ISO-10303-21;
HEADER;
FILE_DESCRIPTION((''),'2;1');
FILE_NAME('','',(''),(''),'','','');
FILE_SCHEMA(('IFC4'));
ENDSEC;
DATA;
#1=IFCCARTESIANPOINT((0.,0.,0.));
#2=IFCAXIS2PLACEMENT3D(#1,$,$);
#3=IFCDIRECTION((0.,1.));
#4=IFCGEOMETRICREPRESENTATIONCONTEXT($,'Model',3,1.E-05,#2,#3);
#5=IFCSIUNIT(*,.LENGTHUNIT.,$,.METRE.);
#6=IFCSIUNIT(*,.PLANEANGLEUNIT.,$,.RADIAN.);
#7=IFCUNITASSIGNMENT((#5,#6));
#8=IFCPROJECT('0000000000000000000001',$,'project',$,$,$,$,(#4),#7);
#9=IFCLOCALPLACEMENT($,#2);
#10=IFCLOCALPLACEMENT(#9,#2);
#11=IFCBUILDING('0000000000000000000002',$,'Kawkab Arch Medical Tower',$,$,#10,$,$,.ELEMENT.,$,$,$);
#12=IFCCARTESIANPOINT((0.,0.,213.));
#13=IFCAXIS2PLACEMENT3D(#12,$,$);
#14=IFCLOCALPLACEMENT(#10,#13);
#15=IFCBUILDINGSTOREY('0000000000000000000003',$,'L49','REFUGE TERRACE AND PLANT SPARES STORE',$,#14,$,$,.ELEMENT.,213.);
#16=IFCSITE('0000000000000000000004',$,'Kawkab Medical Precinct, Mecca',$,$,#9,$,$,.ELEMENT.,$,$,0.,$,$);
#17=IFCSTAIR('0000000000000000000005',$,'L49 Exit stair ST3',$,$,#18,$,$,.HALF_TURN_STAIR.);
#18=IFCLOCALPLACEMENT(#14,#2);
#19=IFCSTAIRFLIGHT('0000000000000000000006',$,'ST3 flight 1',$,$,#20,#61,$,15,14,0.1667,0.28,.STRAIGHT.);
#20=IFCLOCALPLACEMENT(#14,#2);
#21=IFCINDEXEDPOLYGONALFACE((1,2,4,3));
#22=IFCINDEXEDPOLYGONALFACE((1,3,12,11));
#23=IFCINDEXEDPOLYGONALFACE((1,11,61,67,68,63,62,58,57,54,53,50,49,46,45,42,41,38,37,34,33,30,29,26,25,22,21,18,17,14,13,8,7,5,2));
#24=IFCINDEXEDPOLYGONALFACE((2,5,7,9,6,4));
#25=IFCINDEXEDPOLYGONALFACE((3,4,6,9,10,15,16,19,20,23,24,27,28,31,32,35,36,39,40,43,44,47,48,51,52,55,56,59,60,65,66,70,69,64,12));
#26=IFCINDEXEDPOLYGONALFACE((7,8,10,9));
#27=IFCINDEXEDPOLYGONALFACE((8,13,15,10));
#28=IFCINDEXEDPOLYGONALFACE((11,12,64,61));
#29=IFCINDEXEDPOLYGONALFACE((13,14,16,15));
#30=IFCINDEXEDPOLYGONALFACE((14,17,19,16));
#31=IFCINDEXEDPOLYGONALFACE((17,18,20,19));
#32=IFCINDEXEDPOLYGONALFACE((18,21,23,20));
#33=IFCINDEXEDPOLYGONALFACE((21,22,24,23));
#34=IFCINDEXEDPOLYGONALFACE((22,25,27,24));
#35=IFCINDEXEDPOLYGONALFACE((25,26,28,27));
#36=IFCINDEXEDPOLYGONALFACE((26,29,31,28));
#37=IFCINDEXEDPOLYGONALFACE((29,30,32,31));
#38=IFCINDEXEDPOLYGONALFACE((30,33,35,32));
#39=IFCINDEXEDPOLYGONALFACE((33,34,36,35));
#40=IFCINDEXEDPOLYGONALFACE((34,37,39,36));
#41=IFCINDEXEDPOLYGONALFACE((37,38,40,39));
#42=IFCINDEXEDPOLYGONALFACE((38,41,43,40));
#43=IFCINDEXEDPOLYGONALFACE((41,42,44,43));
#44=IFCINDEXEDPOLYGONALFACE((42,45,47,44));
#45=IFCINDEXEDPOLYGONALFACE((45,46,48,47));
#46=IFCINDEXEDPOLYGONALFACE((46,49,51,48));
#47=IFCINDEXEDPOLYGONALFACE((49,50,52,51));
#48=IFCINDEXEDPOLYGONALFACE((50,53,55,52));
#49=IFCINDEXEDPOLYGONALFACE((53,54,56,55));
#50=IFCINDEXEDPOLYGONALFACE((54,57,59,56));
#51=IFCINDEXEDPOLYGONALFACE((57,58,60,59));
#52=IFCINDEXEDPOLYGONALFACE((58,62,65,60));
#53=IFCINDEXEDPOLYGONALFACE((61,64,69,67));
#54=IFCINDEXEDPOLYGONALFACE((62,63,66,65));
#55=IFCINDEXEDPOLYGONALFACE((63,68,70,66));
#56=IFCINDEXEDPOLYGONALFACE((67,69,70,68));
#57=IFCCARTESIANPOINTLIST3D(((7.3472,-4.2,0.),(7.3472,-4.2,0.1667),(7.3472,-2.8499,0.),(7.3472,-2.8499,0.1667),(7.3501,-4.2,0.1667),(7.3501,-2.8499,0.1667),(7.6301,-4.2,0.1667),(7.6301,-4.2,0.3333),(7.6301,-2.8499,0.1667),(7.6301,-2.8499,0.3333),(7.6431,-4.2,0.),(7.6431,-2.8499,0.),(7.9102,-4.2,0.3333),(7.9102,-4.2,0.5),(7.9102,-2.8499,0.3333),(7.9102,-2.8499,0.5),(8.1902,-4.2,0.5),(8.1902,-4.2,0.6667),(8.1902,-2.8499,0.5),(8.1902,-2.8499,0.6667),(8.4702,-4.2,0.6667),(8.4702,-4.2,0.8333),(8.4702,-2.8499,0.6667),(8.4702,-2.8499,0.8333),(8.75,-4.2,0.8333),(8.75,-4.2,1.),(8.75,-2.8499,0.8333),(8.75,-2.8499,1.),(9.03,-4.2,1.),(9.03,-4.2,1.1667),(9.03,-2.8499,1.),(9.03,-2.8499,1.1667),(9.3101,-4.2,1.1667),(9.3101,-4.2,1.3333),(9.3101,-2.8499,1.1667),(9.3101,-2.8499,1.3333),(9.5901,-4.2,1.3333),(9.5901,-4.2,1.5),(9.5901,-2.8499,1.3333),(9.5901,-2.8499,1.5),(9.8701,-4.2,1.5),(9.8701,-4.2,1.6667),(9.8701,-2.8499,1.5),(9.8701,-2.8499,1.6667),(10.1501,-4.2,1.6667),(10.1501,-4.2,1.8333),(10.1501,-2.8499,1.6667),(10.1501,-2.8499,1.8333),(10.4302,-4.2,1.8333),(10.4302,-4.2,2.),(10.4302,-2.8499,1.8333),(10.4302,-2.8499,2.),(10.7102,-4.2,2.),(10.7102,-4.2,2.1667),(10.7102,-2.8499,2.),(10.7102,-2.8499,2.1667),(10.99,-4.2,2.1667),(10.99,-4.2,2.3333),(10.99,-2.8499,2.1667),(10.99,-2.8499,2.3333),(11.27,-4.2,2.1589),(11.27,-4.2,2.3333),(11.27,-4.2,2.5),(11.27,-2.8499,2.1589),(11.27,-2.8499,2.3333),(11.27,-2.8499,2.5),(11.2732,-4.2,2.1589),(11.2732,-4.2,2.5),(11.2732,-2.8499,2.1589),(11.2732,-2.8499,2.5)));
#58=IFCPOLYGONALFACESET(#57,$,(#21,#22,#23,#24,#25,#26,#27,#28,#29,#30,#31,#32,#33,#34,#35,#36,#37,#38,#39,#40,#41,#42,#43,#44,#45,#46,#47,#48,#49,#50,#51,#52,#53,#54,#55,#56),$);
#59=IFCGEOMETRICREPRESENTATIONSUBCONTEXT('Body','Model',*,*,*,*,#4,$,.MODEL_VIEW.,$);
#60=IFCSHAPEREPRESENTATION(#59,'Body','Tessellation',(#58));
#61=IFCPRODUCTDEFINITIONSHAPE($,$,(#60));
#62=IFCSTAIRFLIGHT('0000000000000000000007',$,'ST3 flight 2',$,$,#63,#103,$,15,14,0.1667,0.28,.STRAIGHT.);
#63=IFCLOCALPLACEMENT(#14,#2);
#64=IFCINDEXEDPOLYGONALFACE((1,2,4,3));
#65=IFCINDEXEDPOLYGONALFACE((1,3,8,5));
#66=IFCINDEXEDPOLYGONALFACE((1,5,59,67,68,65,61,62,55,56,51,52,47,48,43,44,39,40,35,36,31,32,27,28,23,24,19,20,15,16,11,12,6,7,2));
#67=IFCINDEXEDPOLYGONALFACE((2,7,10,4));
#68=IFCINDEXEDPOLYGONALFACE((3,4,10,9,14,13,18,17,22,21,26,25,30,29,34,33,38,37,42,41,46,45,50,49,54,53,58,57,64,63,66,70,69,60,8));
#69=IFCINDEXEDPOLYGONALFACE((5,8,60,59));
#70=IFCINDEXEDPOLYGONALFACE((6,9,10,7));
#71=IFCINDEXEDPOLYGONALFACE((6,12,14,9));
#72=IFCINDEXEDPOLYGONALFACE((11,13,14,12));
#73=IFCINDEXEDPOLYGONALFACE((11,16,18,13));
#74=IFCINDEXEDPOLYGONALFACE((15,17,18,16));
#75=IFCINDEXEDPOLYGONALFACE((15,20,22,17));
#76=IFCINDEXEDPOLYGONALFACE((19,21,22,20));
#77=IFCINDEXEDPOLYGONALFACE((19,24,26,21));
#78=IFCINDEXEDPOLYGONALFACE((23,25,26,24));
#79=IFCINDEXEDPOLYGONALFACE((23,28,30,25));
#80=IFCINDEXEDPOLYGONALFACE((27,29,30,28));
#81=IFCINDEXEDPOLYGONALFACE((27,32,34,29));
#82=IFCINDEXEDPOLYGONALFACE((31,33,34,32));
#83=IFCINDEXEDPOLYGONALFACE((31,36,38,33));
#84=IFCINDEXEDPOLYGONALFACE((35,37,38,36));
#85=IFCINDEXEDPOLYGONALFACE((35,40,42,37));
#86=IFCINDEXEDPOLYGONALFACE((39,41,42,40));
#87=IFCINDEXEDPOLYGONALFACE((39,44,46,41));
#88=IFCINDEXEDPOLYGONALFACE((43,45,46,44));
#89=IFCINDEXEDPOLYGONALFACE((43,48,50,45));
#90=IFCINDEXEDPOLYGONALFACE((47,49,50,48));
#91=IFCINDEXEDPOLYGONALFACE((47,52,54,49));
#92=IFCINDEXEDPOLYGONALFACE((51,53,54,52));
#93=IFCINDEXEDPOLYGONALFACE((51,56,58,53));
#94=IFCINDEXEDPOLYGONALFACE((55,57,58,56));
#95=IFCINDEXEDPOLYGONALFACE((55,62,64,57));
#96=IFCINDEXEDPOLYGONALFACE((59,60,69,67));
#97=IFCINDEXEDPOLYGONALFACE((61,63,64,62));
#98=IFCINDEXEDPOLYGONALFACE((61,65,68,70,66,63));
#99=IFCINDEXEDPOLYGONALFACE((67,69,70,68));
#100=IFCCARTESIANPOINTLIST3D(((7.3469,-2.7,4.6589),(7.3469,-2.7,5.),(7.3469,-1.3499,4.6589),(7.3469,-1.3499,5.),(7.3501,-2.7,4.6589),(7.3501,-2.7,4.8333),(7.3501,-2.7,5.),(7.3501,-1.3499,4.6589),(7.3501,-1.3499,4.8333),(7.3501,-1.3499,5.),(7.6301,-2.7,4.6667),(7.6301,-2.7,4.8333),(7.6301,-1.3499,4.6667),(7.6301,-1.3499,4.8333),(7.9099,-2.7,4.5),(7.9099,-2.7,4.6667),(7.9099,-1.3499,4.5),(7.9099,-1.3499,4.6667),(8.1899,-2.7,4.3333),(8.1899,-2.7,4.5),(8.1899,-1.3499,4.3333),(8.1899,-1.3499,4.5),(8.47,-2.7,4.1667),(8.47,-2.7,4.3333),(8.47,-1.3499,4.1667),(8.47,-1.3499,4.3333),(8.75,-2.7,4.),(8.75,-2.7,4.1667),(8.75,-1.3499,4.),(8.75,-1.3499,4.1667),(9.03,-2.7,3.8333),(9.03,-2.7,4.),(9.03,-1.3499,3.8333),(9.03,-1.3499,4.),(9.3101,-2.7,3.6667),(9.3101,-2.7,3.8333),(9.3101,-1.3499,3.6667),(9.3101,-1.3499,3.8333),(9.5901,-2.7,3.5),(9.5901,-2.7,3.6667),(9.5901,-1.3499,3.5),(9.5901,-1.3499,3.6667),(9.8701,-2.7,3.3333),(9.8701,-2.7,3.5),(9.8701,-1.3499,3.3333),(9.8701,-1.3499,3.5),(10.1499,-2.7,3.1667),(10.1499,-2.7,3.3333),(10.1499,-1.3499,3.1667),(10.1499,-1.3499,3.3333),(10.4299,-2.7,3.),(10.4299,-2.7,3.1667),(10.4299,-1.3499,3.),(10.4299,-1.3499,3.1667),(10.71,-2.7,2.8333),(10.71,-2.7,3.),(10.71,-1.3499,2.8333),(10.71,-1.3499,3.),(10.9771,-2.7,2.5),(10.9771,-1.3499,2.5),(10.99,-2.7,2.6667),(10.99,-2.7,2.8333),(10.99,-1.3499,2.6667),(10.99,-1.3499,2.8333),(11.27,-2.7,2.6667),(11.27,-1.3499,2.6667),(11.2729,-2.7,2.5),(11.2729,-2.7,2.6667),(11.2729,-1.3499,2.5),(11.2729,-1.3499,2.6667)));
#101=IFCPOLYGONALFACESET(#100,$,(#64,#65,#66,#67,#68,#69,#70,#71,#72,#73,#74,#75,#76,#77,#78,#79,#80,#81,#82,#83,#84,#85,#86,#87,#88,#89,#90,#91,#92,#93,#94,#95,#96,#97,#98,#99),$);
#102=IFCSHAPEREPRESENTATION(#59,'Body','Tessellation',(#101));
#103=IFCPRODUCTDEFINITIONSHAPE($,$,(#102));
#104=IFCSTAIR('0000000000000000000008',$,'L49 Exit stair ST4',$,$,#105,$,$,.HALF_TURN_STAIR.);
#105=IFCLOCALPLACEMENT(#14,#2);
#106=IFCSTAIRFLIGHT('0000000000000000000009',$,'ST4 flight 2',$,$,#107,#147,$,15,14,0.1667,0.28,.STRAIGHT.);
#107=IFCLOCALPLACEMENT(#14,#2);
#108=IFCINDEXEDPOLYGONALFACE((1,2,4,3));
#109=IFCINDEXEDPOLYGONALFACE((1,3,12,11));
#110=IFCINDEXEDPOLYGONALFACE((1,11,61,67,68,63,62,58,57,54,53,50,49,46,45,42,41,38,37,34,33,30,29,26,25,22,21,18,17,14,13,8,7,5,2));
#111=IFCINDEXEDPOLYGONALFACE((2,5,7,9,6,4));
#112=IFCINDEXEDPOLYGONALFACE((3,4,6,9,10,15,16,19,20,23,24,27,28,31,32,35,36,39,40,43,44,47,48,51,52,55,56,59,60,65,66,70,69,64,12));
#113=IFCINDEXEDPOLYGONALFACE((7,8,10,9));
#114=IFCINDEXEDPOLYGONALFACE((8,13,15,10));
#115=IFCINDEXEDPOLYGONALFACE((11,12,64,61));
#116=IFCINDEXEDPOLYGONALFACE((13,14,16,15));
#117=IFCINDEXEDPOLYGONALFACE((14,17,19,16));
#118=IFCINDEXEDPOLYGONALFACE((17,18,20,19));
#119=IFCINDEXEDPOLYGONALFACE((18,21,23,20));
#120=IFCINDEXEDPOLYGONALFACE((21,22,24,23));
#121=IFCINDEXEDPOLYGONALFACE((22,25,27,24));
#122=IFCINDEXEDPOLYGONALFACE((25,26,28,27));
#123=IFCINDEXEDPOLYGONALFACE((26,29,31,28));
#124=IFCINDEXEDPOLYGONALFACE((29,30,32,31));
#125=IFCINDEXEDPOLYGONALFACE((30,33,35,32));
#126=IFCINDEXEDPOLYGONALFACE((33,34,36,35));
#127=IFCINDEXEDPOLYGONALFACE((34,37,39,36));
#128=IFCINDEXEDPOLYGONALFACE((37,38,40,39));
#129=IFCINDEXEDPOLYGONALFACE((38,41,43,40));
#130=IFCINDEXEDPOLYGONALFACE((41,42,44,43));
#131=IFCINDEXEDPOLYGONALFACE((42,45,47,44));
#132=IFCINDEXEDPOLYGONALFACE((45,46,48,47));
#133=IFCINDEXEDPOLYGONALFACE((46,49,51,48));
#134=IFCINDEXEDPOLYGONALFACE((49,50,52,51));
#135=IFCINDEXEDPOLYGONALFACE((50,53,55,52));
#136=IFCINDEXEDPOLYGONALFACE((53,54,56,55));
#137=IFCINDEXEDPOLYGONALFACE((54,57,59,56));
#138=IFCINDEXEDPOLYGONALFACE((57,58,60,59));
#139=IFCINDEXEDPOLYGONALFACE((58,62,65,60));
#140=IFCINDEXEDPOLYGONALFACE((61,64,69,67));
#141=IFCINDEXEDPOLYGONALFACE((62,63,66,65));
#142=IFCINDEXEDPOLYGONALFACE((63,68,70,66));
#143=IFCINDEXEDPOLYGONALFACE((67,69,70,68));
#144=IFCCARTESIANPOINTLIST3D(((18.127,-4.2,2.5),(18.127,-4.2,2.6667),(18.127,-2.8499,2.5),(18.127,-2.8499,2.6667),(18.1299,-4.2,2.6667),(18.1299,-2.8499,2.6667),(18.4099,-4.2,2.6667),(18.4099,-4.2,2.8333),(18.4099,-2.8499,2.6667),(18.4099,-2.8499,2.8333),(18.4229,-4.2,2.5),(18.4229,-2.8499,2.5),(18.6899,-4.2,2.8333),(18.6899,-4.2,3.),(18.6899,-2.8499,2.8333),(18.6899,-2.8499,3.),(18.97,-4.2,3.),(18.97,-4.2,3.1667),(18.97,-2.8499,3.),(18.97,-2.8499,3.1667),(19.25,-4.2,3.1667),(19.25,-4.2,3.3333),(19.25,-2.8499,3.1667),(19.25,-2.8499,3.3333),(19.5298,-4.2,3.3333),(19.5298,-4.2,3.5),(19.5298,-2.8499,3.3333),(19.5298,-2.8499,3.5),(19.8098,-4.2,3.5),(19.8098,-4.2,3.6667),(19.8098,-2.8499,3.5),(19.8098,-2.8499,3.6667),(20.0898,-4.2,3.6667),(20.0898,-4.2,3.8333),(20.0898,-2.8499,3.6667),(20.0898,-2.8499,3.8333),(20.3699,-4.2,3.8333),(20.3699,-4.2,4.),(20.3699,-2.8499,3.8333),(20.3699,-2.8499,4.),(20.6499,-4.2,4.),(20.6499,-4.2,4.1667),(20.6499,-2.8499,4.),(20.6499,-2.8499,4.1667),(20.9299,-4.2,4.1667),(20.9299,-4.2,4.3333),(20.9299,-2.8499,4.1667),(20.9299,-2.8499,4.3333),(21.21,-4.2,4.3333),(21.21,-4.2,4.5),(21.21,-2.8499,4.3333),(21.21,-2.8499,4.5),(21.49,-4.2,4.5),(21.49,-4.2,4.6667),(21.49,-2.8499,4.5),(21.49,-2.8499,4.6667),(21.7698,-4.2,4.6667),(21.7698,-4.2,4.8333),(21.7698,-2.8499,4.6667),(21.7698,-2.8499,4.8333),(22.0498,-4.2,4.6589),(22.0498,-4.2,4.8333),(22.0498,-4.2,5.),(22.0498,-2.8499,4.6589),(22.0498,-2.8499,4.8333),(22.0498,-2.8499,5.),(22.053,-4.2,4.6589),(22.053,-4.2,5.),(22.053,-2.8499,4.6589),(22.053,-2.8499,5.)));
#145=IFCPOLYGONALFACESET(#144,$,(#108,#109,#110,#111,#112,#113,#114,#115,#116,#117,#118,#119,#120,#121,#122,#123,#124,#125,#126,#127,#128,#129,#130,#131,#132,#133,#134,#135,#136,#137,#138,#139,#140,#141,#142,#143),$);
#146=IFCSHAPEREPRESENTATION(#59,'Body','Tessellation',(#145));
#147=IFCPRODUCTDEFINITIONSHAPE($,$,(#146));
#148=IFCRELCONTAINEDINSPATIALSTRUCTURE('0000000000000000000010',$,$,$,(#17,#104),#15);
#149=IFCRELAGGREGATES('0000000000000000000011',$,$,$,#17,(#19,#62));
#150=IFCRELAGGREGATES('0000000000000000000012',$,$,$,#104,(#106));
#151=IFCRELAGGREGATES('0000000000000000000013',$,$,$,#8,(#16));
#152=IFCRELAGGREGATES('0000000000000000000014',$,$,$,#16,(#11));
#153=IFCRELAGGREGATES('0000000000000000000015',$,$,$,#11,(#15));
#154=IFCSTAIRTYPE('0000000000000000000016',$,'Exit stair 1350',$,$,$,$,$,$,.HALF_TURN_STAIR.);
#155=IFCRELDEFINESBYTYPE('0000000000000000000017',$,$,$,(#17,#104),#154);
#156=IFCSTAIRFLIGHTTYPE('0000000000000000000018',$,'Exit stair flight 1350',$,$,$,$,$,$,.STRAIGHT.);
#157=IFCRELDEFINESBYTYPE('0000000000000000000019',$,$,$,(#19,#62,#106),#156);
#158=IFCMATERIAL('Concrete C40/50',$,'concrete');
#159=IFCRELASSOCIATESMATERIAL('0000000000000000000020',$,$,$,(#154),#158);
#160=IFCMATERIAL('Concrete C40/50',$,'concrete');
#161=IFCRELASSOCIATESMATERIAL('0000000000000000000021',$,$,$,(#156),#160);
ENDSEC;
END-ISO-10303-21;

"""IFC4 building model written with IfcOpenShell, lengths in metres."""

from ifc_helpers import new_model, si_unit, direction, frame, origin, place, context, subcontext, project, spatial, polyline, outline, extrude, material, type_object, element, aggregate, save


model = new_model("IFC4")

# Units and contexts
model_context = context("Model", 3, precision=1e-05, world=origin(), true_north=direction((0.0, 1.0)))
body_context = subcontext(model_context, "Body", "Model", "MODEL_VIEW")
ifc_project = project(units=[si_unit("LENGTHUNIT", "METRE"), si_unit("PLANEANGLEUNIT", "RADIAN")], contexts=[model_context])

# Site, building, storey
site_placement = place(None, origin())
site = spatial("IfcSite", under=ifc_project, at=site_placement, Name="Kawkab Medical Precinct, Mecca", CompositionType="ELEMENT", RefElevation=0.0)
building_placement = place(site_placement, origin())
building = spatial("IfcBuilding", under=site, at=building_placement, Name="Kawkab Arch Medical Tower", CompositionType="ELEMENT")
storey_placement = place(building_placement, frame((0.0, 0.0, 213.0)))
storey = spatial("IfcBuildingStorey", under=building, at=storey_placement, Name="L49", Description="REFUGE TERRACE AND PLANT SPARES STORE", CompositionType="ELEMENT", Elevation=213.0)

# Stair, stair flights
ifc_material_1 = material(Name="Concrete C40/50", Category="concrete")
stair_type = type_object("IfcStairType", Name="Exit stair 1350", PredefinedType="HALF_TURN_STAIR", material=ifc_material_1)
placement = place(storey_placement, origin())
stair_1 = element("IfcStair", 1, at=placement, inside=storey, type_object=stair_type, Name="L49 Exit stair ST3", PredefinedType="HALF_TURN_STAIR")
ifc_material_2 = material(Name="Concrete C40/50", Category="concrete")
stair_flight_type = type_object("IfcStairFlightType", Name="Exit stair flight 1350", PredefinedType="STRAIGHT", material=ifc_material_2)
stair_flight_1_placement = place(storey_placement, frame((7.3501, -3.5249, 0.0), z_axis=(0.0, 0.0, 1.0), x_axis=(1.0, 0.0, 0.0)))
stair_flight_1 = element("IfcStairFlight", 2, at=stair_flight_1_placement, type_object=stair_flight_type, Name="ST3 flight 1", NumberOfRisers=15, NumberOfTreads=14, PredefinedType="STRAIGHT", RiserHeight=0.1667, TreadLength=0.28, context=body_context, shape_type="SweptSolid", body=[
    extrude(outline(polyline([(-0.0029, 0.0), (-0.0029, 0.1667), (0.0, 0.1667), (0.28, 0.1667), (0.28, 0.3333), (0.5601, 0.3333), (0.5601, 0.5), (0.8401, 0.5), (0.8401, 0.6667), (1.1201, 0.6667), (1.1201, 0.8333), (1.3999, 0.8333), (1.3999, 1.0), (1.6799, 1.0), (1.6799, 1.1667), (1.96, 1.1667), (1.96, 1.3333), (2.24, 1.3333), (2.24, 1.5), (2.52, 1.5), (2.52, 1.6667), (2.8, 1.6667), (2.8, 1.8333), (3.0801, 1.8333), (3.0801, 2.0), (3.3601, 2.0), (3.3601, 2.1667), (3.6399, 2.1667), (3.6399, 2.3333), (3.9199, 2.3333), (3.9199, 2.5), (3.9231, 2.5), (3.9231, 2.1589), (3.9199, 2.1589), (0.293, 0.0), (-0.0029, 0.0)])), frame((0.0, 0.675, 0.0), z_axis=(0.0, -1.0, 0.0), x_axis=(1.0, 0.0, 0.0)), (0.0, 0.0, 1.0), 1.3501),
])
stair_flight_2_placement = place(storey_placement, frame((11.27, -2.0249, 2.5), z_axis=(0.0, 0.0, 1.0), x_axis=(-1.0, 0.0, 0.0)))
stair_flight_2 = element("IfcStairFlight", 3, at=stair_flight_2_placement, type_object=stair_flight_type, Name="ST3 flight 2", NumberOfRisers=15, NumberOfTreads=14, PredefinedType="STRAIGHT", RiserHeight=0.1667, TreadLength=0.28, context=body_context, shape_type="SweptSolid", body=[
    extrude(outline(polyline([(-0.0029, 0.0), (-0.0029, 0.1667), (0.0, 0.1667), (0.28, 0.1667), (0.28, 0.3333), (0.5601, 0.3333), (0.5601, 0.5), (0.8401, 0.5), (0.8401, 0.6667), (1.1201, 0.6667), (1.1201, 0.8333), (1.3999, 0.8333), (1.3999, 1.0), (1.6799, 1.0), (1.6799, 1.1667), (1.96, 1.1667), (1.96, 1.3333), (2.24, 1.3333), (2.24, 1.5), (2.52, 1.5), (2.52, 1.6667), (2.8, 1.6667), (2.8, 1.8333), (3.0801, 1.8333), (3.0801, 2.0), (3.3601, 2.0), (3.3601, 2.1667), (3.6399, 2.1667), (3.6399, 2.3333), (3.9199, 2.3333), (3.9199, 2.5), (3.9231, 2.5), (3.9231, 2.1589), (3.9199, 2.1589), (0.293, 0.0), (-0.0029, 0.0)])), frame((0.0, 0.675, 0.0), z_axis=(0.0, -1.0, 0.0), x_axis=(1.0, 0.0, 0.0)), (0.0, 0.0, 1.0), 1.3501),
])
aggregate(stair_1, [stair_flight_1, stair_flight_2])

# Stair, stair flight
stair_2 = element("IfcStair", 4, at=placement, inside=storey, type_object=stair_type, Name="L49 Exit stair ST4", PredefinedType="HALF_TURN_STAIR")
stair_flight_3_placement = place(storey_placement, frame((18.1299, -3.5249, 2.5), z_axis=(0.0, 0.0, 1.0), x_axis=(1.0, 0.0, 0.0)))
stair_flight_3 = element("IfcStairFlight", 5, at=stair_flight_3_placement, type_object=stair_flight_type, Name="ST4 flight 2", NumberOfRisers=15, NumberOfTreads=14, PredefinedType="STRAIGHT", RiserHeight=0.1667, TreadLength=0.28, context=body_context, shape_type="SweptSolid", body=[
    extrude(outline(polyline([(-0.0029, 0.0), (-0.0029, 0.1667), (0.0, 0.1667), (0.28, 0.1667), (0.28, 0.3333), (0.5601, 0.3333), (0.5601, 0.5), (0.8401, 0.5), (0.8401, 0.6667), (1.1201, 0.6667), (1.1201, 0.8333), (1.3999, 0.8333), (1.3999, 1.0), (1.6799, 1.0), (1.6799, 1.1667), (1.96, 1.1667), (1.96, 1.3333), (2.24, 1.3333), (2.24, 1.5), (2.52, 1.5), (2.52, 1.6667), (2.8, 1.6667), (2.8, 1.8333), (3.0801, 1.8333), (3.0801, 2.0), (3.3601, 2.0), (3.3601, 2.1667), (3.6399, 2.1667), (3.6399, 2.3333), (3.9199, 2.3333), (3.9199, 2.5), (3.9231, 2.5), (3.9231, 2.1589), (3.9199, 2.1589), (0.293, 0.0), (-0.0029, 0.0)])), frame((0.0, 0.675, 0.0), z_axis=(0.0, -1.0, 0.0), x_axis=(1.0, 0.0, 0.0)), (0.0, 0.0, 1.0), 1.3501),
])
aggregate(stair_2, [stair_flight_3])

save(model, "model.ifc")
